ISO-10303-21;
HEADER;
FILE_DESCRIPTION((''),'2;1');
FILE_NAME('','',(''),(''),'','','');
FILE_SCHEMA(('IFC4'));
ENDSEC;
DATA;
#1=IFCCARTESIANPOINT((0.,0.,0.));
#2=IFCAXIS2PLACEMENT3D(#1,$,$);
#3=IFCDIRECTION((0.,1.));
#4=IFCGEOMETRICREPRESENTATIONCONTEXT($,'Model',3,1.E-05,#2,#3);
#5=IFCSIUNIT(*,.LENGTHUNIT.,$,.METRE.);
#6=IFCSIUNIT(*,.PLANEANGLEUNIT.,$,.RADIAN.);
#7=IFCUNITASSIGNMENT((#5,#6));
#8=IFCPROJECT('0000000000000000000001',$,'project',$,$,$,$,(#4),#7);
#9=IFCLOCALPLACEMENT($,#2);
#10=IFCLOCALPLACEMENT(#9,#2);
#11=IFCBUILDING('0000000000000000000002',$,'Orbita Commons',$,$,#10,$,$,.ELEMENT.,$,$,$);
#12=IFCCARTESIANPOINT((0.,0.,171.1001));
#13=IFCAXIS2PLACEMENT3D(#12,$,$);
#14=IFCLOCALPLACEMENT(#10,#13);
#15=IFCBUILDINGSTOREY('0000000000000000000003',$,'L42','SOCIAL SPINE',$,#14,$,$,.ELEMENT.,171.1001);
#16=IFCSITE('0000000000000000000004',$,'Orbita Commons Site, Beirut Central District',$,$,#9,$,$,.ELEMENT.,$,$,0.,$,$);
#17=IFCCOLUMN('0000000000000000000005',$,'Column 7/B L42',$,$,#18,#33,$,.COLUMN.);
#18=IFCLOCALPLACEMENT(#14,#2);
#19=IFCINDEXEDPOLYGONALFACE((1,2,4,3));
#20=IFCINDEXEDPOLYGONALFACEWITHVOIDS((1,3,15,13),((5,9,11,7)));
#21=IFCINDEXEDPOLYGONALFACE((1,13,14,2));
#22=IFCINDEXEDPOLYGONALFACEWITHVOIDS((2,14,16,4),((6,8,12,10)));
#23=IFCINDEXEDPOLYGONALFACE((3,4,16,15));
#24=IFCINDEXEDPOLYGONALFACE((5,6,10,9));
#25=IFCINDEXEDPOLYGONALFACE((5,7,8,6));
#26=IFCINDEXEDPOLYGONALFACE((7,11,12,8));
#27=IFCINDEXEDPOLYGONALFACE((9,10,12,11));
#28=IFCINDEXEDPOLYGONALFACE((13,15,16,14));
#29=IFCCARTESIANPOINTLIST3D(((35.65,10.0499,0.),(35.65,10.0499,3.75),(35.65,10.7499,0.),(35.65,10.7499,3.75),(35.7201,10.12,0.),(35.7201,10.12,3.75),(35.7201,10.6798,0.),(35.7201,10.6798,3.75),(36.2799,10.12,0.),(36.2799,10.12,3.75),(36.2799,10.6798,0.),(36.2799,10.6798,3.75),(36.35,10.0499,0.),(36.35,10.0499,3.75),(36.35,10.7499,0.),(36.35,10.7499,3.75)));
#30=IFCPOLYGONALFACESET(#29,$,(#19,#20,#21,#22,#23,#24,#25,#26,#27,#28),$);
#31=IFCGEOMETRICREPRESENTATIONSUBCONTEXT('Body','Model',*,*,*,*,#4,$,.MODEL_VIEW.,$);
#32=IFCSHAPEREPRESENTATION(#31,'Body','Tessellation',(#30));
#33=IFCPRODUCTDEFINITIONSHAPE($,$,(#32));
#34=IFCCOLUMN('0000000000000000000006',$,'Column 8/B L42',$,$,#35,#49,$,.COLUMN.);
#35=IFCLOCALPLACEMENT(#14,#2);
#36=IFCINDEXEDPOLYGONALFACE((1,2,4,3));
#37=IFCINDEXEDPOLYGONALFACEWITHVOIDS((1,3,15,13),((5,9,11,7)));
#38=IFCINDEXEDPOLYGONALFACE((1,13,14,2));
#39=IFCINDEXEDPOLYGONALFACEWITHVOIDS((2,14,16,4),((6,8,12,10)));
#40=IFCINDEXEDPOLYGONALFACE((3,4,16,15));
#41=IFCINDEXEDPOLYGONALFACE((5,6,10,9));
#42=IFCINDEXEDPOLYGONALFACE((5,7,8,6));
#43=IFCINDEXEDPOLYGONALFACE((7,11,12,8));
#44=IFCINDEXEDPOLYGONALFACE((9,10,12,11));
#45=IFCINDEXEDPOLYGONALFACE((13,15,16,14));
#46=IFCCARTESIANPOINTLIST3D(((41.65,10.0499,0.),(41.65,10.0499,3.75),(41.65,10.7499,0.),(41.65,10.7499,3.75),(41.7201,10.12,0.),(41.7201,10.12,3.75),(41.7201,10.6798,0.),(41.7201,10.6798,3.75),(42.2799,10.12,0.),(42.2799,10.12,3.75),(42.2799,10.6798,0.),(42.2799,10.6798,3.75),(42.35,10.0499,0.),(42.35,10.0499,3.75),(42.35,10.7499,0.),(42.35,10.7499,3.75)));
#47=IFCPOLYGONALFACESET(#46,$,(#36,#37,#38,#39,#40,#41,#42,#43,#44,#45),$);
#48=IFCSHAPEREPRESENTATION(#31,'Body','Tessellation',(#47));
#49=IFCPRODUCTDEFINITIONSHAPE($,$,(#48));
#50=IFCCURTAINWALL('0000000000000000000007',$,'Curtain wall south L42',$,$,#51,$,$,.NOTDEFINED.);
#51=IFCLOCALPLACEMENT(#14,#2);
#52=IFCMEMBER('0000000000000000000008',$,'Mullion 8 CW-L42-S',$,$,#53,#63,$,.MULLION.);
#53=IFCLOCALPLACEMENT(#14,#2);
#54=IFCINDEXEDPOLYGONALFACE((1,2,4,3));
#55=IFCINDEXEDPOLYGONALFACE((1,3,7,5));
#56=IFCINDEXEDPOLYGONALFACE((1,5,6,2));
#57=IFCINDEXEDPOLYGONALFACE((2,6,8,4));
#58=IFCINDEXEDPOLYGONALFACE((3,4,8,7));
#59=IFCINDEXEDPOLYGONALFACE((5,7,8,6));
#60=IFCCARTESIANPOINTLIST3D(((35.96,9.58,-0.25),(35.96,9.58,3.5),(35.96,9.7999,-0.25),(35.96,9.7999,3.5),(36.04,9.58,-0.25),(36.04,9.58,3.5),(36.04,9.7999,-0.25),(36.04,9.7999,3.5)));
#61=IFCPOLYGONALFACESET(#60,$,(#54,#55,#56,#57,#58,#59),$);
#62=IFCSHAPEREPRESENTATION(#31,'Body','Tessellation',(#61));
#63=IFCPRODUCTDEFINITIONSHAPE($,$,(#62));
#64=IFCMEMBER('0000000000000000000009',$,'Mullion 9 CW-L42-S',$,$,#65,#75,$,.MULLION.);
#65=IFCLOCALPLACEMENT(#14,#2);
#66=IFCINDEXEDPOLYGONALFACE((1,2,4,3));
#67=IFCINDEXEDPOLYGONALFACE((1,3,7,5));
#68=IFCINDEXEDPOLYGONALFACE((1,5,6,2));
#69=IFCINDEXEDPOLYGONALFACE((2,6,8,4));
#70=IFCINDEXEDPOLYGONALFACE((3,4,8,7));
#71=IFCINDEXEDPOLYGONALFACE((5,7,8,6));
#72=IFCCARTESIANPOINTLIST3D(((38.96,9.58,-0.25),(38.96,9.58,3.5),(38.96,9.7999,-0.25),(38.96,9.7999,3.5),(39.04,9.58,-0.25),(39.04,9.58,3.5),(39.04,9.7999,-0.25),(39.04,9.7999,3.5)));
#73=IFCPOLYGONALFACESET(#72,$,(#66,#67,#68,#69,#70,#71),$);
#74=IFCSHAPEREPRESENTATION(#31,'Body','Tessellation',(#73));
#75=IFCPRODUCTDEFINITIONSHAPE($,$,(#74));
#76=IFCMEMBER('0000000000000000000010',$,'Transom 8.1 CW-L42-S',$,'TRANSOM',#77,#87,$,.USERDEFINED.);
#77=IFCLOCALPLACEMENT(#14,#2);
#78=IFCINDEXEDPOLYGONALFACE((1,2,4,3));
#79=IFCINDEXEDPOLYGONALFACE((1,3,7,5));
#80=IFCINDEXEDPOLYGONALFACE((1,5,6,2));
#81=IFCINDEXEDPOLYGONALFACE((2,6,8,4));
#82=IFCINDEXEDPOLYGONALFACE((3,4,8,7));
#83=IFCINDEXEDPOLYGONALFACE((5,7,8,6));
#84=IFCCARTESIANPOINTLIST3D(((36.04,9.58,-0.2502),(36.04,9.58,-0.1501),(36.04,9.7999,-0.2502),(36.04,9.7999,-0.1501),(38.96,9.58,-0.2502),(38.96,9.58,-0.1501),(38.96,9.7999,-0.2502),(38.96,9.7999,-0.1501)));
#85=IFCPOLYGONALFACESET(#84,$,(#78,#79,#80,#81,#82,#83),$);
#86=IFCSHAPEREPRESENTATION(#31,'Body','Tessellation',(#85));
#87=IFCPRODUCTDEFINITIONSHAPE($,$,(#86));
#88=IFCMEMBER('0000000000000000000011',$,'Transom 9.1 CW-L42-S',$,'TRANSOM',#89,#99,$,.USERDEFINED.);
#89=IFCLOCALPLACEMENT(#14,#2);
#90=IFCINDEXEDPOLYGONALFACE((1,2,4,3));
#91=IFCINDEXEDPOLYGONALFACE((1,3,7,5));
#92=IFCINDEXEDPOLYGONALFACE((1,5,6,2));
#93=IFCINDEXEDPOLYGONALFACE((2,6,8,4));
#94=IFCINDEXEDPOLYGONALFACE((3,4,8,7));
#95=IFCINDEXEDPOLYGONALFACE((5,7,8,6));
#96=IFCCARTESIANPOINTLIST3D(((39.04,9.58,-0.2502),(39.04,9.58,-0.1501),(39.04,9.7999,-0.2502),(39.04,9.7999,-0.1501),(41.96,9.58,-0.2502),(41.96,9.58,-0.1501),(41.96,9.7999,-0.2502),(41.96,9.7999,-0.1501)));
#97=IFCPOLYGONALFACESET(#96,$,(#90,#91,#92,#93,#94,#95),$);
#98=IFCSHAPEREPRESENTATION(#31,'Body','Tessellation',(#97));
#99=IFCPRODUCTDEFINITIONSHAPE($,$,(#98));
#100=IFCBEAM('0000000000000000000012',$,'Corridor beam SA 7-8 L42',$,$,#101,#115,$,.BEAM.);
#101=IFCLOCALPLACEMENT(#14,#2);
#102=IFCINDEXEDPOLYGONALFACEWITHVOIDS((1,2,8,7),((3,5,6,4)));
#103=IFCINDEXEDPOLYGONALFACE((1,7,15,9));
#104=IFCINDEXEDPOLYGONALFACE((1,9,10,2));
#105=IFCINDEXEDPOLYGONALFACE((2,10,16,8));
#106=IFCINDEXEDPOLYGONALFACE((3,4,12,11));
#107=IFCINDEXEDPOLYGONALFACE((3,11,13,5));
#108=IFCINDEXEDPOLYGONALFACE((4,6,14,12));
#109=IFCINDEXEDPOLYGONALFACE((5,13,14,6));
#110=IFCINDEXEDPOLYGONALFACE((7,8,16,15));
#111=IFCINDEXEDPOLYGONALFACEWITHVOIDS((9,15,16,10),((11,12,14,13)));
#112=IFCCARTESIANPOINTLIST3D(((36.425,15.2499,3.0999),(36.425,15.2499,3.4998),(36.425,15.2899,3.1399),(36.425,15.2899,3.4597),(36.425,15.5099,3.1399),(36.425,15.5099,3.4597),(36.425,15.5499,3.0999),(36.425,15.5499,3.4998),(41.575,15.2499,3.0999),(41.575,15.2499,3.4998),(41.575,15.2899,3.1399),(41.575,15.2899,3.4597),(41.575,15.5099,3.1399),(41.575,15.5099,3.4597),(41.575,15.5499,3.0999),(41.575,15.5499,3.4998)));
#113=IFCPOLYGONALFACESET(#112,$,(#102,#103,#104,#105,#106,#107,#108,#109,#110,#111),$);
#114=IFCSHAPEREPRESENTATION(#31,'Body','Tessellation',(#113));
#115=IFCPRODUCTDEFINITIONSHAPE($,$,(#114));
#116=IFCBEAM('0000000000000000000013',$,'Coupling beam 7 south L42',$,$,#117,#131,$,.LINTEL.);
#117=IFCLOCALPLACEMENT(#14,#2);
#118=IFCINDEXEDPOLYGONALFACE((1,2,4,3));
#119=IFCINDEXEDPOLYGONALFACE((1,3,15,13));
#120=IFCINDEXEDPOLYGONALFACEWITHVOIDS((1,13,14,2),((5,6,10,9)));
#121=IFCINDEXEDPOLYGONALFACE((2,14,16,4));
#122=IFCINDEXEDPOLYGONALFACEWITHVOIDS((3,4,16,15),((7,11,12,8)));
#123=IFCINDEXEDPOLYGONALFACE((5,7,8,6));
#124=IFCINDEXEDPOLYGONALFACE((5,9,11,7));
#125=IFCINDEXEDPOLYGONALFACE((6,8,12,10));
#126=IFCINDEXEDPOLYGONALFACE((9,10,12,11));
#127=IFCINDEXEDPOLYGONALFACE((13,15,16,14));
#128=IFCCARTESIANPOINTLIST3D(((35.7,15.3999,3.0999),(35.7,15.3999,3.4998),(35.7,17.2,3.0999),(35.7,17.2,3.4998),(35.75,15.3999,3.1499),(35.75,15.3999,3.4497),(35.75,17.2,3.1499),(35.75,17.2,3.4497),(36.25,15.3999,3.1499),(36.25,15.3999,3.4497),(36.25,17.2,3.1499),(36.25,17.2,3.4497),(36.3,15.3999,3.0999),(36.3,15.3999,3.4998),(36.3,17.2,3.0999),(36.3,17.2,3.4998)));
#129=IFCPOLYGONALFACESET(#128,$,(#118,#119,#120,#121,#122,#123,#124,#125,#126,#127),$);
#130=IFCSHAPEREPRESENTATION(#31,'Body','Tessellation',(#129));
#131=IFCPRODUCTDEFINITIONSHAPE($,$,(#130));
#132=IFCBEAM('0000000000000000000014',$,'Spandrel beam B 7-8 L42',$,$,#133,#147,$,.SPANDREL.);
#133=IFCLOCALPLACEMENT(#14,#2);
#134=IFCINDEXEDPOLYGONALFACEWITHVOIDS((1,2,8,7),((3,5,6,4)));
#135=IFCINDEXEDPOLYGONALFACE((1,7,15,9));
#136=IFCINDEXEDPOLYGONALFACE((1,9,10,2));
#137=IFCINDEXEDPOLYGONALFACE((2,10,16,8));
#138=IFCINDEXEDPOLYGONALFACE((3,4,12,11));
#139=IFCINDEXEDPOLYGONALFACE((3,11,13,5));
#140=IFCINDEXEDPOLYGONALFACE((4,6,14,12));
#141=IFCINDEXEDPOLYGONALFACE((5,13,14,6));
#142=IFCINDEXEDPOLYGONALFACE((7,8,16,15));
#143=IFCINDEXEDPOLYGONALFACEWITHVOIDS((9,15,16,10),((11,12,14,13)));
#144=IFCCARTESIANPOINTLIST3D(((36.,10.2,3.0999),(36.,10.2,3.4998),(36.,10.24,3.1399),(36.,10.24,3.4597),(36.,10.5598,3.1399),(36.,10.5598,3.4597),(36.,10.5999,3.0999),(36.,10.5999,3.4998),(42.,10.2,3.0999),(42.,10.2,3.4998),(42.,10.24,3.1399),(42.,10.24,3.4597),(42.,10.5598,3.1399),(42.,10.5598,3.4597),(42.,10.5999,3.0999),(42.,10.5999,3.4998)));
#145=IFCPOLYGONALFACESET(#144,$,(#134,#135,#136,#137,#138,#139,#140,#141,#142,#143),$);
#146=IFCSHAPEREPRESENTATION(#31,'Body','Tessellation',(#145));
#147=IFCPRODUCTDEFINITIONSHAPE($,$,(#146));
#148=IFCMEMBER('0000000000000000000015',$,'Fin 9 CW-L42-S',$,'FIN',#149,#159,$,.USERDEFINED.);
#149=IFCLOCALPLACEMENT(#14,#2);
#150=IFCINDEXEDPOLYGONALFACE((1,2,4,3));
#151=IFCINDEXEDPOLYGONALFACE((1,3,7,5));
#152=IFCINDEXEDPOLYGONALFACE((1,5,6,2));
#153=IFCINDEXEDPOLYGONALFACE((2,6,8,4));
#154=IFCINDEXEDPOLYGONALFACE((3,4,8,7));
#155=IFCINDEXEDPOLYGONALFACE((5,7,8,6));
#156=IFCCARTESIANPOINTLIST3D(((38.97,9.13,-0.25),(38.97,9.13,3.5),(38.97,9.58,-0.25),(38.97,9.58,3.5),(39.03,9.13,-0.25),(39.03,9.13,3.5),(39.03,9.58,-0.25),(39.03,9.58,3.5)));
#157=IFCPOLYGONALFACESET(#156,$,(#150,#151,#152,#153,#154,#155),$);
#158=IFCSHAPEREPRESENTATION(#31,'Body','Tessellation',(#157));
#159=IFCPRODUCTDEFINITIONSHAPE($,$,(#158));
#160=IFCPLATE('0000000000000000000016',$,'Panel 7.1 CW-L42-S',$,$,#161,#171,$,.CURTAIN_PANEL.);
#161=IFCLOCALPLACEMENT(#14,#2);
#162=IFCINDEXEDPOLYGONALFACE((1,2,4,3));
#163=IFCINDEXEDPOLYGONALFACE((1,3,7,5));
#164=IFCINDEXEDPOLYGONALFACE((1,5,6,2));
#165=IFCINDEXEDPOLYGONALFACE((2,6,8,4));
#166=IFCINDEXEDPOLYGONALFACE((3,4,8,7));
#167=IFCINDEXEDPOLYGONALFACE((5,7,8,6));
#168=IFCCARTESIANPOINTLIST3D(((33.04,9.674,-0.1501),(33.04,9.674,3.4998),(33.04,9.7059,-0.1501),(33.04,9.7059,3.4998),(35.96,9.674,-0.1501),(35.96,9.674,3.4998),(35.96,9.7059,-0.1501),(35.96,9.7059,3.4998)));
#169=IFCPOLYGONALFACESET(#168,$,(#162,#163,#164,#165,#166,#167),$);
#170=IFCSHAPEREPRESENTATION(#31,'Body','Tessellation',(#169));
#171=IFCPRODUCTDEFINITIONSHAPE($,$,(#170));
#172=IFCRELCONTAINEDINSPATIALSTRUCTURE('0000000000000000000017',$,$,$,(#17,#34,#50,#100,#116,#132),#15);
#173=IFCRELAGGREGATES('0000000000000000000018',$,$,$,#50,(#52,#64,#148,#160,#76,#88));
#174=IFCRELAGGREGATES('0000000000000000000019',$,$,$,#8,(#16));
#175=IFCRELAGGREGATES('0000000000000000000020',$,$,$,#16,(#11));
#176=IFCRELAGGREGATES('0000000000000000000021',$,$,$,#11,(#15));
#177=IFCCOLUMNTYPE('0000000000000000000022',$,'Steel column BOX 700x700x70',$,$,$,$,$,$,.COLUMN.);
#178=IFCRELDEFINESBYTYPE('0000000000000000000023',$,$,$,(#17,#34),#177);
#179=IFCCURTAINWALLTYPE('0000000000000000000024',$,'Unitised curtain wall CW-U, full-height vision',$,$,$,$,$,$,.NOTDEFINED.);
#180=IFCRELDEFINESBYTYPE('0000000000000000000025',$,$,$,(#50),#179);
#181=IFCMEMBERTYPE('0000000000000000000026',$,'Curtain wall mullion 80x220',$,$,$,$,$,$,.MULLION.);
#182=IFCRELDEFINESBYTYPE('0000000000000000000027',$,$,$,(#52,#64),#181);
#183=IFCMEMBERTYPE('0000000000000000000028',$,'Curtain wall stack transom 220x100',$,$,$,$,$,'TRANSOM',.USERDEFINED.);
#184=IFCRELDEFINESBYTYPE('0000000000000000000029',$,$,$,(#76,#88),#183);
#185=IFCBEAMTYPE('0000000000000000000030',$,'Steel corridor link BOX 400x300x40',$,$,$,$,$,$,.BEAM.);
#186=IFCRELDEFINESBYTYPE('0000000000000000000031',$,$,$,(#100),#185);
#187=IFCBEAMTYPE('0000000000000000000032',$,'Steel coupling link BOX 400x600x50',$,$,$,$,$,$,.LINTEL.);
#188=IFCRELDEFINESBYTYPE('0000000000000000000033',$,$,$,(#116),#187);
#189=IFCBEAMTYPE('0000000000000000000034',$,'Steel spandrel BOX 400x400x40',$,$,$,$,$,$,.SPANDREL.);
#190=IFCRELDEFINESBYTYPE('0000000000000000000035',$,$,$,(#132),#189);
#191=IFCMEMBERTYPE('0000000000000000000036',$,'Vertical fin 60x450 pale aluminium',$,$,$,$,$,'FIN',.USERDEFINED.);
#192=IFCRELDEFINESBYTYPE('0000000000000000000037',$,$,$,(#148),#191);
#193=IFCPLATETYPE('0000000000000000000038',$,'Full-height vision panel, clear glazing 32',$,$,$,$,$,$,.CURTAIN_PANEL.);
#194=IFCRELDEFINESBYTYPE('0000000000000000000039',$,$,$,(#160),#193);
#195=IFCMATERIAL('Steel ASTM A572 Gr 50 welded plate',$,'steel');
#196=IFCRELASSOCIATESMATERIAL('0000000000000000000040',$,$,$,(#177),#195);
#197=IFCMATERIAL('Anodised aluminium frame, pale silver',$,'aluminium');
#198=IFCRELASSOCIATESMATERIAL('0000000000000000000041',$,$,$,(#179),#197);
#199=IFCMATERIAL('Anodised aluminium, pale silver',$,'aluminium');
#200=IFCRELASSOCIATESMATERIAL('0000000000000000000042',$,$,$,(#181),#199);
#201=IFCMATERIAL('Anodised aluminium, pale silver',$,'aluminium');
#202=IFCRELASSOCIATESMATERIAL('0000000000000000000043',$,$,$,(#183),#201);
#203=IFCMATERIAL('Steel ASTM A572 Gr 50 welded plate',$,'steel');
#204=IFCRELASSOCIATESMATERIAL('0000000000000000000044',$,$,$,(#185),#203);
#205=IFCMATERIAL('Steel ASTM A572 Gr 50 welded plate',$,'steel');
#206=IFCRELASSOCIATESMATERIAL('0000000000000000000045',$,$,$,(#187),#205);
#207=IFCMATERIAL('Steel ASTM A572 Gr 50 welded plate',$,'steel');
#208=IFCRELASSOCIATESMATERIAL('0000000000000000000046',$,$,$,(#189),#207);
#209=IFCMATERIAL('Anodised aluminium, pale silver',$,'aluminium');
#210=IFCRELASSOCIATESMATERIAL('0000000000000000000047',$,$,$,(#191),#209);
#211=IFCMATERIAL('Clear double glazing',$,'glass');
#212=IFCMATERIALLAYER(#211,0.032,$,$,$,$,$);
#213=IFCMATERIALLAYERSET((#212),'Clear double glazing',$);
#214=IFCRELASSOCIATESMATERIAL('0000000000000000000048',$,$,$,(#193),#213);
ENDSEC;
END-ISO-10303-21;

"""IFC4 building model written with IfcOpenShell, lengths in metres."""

from ifc_helpers import new_model, si_unit, direction, frame, origin, origin_2d, place, context, subcontext, project, spatial, rectangle, hollow_rectangle, extrude, material, layer, layer_set, material_profile, profile_set, type_object, element, aggregate, save


model = new_model("IFC4")

# Units and contexts
model_context = context("Model", 3, precision=1e-05, world=origin(), true_north=direction((0.0, 1.0)))
body_context = subcontext(model_context, "Body", "Model", "MODEL_VIEW")
ifc_project = project(units=[si_unit("LENGTHUNIT", "METRE"), si_unit("PLANEANGLEUNIT", "RADIAN")], contexts=[model_context])

# Site, building, storey
site_placement = place(None, origin())
site = spatial("IfcSite", under=ifc_project, at=site_placement, Name="Orbita Commons Site, Beirut Central District", CompositionType="ELEMENT", RefElevation=0.0)
building_placement = place(site_placement, origin())
building = spatial("IfcBuilding", under=site, at=building_placement, Name="Orbita Commons", CompositionType="ELEMENT")
storey_placement = place(building_placement, frame((0.0, 0.0, 171.1001)))
storey = spatial("IfcBuildingStorey", under=building, at=storey_placement, Name="L42", Description="SOCIAL SPINE", CompositionType="ELEMENT", Elevation=171.1001)

# Columns
ifc_material_1 = material(Name="Steel ASTM A572 Gr 50 welded plate", Category="steel")
ifc_material_profile_1 = material_profile(ifc_material_1, hollow_rectangle(XDim=0.7, YDim=0.7, WallThickness=0.0701, at=origin_2d()), Name="BOX 700x700x70")
ifc_profile_set_1 = profile_set([ifc_material_profile_1], Name="Steel ASTM A572 Gr 50 welded plate")
column_type = type_object("IfcColumnType", Name="Steel column BOX 700x700x70", PredefinedType="COLUMN", material=ifc_profile_set_1)
for number, where, z_axis, x_axis, name in (
    (1, (36.0, 10.3999, 0.0), (0.0, 0.0, 1.0), (1.0, 0.0, 0.0), "Column 7/B L42"),
    (2, (42.0, 10.3999, 0.0), (0.0, 0.0, 1.0), (1.0, 0.0, 0.0), "Column 8/B L42"),
):
    element("IfcColumn", number, at=place(storey_placement, frame(where, z_axis=z_axis, x_axis=x_axis)), inside=storey, type_object=column_type, Name=name, PredefinedType="COLUMN", context=body_context, shape_type="SweptSolid", body=[
        extrude(hollow_rectangle(XDim=0.7, YDim=0.7, WallThickness=0.0701, at=origin_2d()), origin(), (0.0, 0.0, 1.0), 3.75),
    ])

# Curtain wall, members
ifc_material_2 = material(Name="Anodised aluminium frame, pale silver", Category="aluminium")
curtain_wall_type = type_object("IfcCurtainWallType", Name="Unitised curtain wall CW-U, full-height vision", PredefinedType="NOTDEFINED", material=ifc_material_2)
curtain_wall_placement = place(storey_placement, origin())
curtain_wall = element("IfcCurtainWall", 3, at=curtain_wall_placement, inside=storey, type_object=curtain_wall_type, Name="Curtain wall south L42", PredefinedType="NOTDEFINED")
ifc_material_3 = material(Name="Anodised aluminium, pale silver", Category="aluminium")
ifc_material_profile_2 = material_profile(ifc_material_3, rectangle(XDim=0.0801, YDim=0.22, at=origin_2d()), Name="AL 80x220")
ifc_profile_set_2 = profile_set([ifc_material_profile_2], Name="Anodised aluminium, pale silver")
member_type_1 = type_object("IfcMemberType", Name="Curtain wall mullion 80x220", PredefinedType="MULLION", material=ifc_profile_set_2)
member_1_placement = place(storey_placement, frame((36.0, 9.6899, -0.25), z_axis=(0.0, 0.0, 1.0), x_axis=(1.0, 0.0, 0.0)))
member_1 = element("IfcMember", 4, at=member_1_placement, type_object=member_type_1, Name="Mullion 8 CW-L42-S", PredefinedType="MULLION", context=body_context, shape_type="SweptSolid", body=[
    extrude(rectangle(XDim=0.0801, YDim=0.22, at=origin_2d()), origin(), (0.0, 0.0, 1.0), 3.75),
])
member_2_placement = place(storey_placement, frame((39.0, 9.6899, -0.25), z_axis=(0.0, 0.0, 1.0), x_axis=(1.0, 0.0, 0.0)))
member_2 = element("IfcMember", 5, at=member_2_placement, type_object=member_type_1, Name="Mullion 9 CW-L42-S", PredefinedType="MULLION", context=body_context, shape_type="SweptSolid", body=[
    extrude(rectangle(XDim=0.0801, YDim=0.22, at=origin_2d()), origin(), (0.0, 0.0, 1.0), 3.75),
])
ifc_material_4 = material(Name="Anodised aluminium, pale silver", Category="aluminium")
ifc_material_profile_3 = material_profile(ifc_material_4, rectangle(XDim=0.22, YDim=0.1001, at=origin_2d()), Name="AL 220x100")
ifc_profile_set_3 = profile_set([ifc_material_profile_3], Name="Anodised aluminium, pale silver")
member_type_2 = type_object("IfcMemberType", Name="Curtain wall stack transom 220x100", ElementType="TRANSOM", PredefinedType="USERDEFINED", material=ifc_profile_set_3)
member_3_placement = place(storey_placement, frame((36.04, 9.6899, -0.2002), z_axis=(1.0, 0.0, 0.0), x_axis=(0.0, 1.0, 0.0)))
member_3 = element("IfcMember", 6, at=member_3_placement, type_object=member_type_2, Name="Transom 8.1 CW-L42-S", ObjectType="TRANSOM", PredefinedType="USERDEFINED", context=body_context, shape_type="SweptSolid", body=[
    extrude(rectangle(XDim=0.22, YDim=0.1001, at=origin_2d()), origin(), (0.0, 0.0, 1.0), 2.9199),
])
member_4_placement = place(storey_placement, frame((39.04, 9.6899, -0.2002), z_axis=(1.0, 0.0, 0.0), x_axis=(0.0, 1.0, 0.0)))
member_4 = element("IfcMember", 7, at=member_4_placement, type_object=member_type_2, Name="Transom 9.1 CW-L42-S", ObjectType="TRANSOM", PredefinedType="USERDEFINED", context=body_context, shape_type="SweptSolid", body=[
    extrude(rectangle(XDim=0.22, YDim=0.1001, at=origin_2d()), origin(), (0.0, 0.0, 1.0), 2.9199),
])

# Beams
ifc_material_5 = material(Name="Steel ASTM A572 Gr 50 welded plate", Category="steel")
ifc_material_profile_4 = material_profile(ifc_material_5, hollow_rectangle(XDim=0.3, YDim=0.3999, WallThickness=0.04, at=origin_2d()), Name="BOX 400x300x40")
ifc_profile_set_4 = profile_set([ifc_material_profile_4], Name="Steel ASTM A572 Gr 50 welded plate")
beam_type_1 = type_object("IfcBeamType", Name="Steel corridor link BOX 400x300x40", PredefinedType="BEAM", material=ifc_profile_set_4)
beam_1_placement = place(storey_placement, frame((36.425, 15.3999, 3.2998), z_axis=(1.0, 0.0, 0.0), x_axis=(0.0, 1.0, 0.0)))
element("IfcBeam", 8, at=beam_1_placement, inside=storey, type_object=beam_type_1, Name="Corridor beam SA 7-8 L42", PredefinedType="BEAM", context=body_context, shape_type="SweptSolid", body=[
    extrude(hollow_rectangle(XDim=0.3, YDim=0.3999, WallThickness=0.04, at=origin_2d()), origin(), (0.0, 0.0, 1.0), 5.1499),
])
ifc_material_6 = material(Name="Steel ASTM A572 Gr 50 welded plate", Category="steel")
ifc_material_profile_5 = material_profile(ifc_material_6, hollow_rectangle(XDim=0.6001, YDim=0.3999, WallThickness=0.05, at=origin_2d()), Name="BOX 400x600x50")
ifc_profile_set_5 = profile_set([ifc_material_profile_5], Name="Steel ASTM A572 Gr 50 welded plate")
beam_type_2 = type_object("IfcBeamType", Name="Steel coupling link BOX 400x600x50", PredefinedType="LINTEL", material=ifc_profile_set_5)
beam_2_placement = place(storey_placement, frame((36.0, 15.3999, 3.2998), z_axis=(0.0, 1.0, 0.0), x_axis=(-1.0, 0.0, 0.0)))
element("IfcBeam", 9, at=beam_2_placement, inside=storey, type_object=beam_type_2, Name="Coupling beam 7 south L42", PredefinedType="LINTEL", context=body_context, shape_type="SweptSolid", body=[
    extrude(hollow_rectangle(XDim=0.6001, YDim=0.3999, WallThickness=0.05, at=origin_2d()), origin(), (0.0, 0.0, 1.0), 1.8),
])
ifc_material_7 = material(Name="Steel ASTM A572 Gr 50 welded plate", Category="steel")
ifc_material_profile_6 = material_profile(ifc_material_7, hollow_rectangle(XDim=0.3999, YDim=0.3999, WallThickness=0.04, at=origin_2d()), Name="BOX 400x400x40")
ifc_profile_set_6 = profile_set([ifc_material_profile_6], Name="Steel ASTM A572 Gr 50 welded plate")
beam_type_3 = type_object("IfcBeamType", Name="Steel spandrel BOX 400x400x40", PredefinedType="SPANDREL", material=ifc_profile_set_6)
beam_3_placement = place(storey_placement, frame((36.0, 10.3999, 3.2998), z_axis=(1.0, 0.0, 0.0), x_axis=(0.0, 1.0, 0.0)))
element("IfcBeam", 10, at=beam_3_placement, inside=storey, type_object=beam_type_3, Name="Spandrel beam B 7-8 L42", PredefinedType="SPANDREL", context=body_context, shape_type="SweptSolid", body=[
    extrude(hollow_rectangle(XDim=0.3999, YDim=0.3999, WallThickness=0.04, at=origin_2d()), origin(), (0.0, 0.0, 1.0), 6.0),
])

# Member
ifc_material_8 = material(Name="Anodised aluminium, pale silver", Category="aluminium")
ifc_material_profile_7 = material_profile(ifc_material_8, rectangle(XDim=0.0601, YDim=0.45, at=origin_2d()), Name="FIN 60x450")
ifc_profile_set_7 = profile_set([ifc_material_profile_7], Name="Anodised aluminium, pale silver")
member_type_3 = type_object("IfcMemberType", Name="Vertical fin 60x450 pale aluminium", ElementType="FIN", PredefinedType="USERDEFINED", material=ifc_profile_set_7)
member_5_placement = place(storey_placement, frame((39.0, 9.355, -0.25), z_axis=(0.0, 0.0, 1.0), x_axis=(1.0, 0.0, 0.0)))
member_5 = element("IfcMember", 11, at=member_5_placement, type_object=member_type_3, Name="Fin 9 CW-L42-S", ObjectType="FIN", PredefinedType="USERDEFINED", context=body_context, shape_type="SweptSolid", body=[
    extrude(rectangle(XDim=0.0601, YDim=0.45, at=origin_2d()), origin(), (0.0, 0.0, 1.0), 3.75),
])

# Plate
ifc_material_9 = material(Name="Clear double glazing", Category="glass")
ifc_layer_1 = layer(ifc_material_9, 0.032)
ifc_layer_set_1 = layer_set([ifc_layer_1], Name="Clear double glazing")
plate_type = type_object("IfcPlateType", Name="Full-height vision panel, clear glazing 32", PredefinedType="CURTAIN_PANEL", material=ifc_layer_set_1)
plate_1_placement = place(storey_placement, frame((34.5, 9.6899, -0.1501), z_axis=(0.0, 0.0, 1.0), x_axis=(1.0, 0.0, 0.0)))
plate_1 = element("IfcPlate", 12, at=plate_1_placement, type_object=plate_type, Name="Panel 7.1 CW-L42-S", PredefinedType="CURTAIN_PANEL", context=body_context, shape_type="SweptSolid", body=[
    extrude(rectangle(XDim=2.9199, YDim=0.032, at=origin_2d()), origin(), (0.0, 0.0, 1.0), 3.6499),
])
aggregate(curtain_wall, [member_1, member_2, member_5, plate_1, member_3, member_4])

save(model, "model.ifc")
